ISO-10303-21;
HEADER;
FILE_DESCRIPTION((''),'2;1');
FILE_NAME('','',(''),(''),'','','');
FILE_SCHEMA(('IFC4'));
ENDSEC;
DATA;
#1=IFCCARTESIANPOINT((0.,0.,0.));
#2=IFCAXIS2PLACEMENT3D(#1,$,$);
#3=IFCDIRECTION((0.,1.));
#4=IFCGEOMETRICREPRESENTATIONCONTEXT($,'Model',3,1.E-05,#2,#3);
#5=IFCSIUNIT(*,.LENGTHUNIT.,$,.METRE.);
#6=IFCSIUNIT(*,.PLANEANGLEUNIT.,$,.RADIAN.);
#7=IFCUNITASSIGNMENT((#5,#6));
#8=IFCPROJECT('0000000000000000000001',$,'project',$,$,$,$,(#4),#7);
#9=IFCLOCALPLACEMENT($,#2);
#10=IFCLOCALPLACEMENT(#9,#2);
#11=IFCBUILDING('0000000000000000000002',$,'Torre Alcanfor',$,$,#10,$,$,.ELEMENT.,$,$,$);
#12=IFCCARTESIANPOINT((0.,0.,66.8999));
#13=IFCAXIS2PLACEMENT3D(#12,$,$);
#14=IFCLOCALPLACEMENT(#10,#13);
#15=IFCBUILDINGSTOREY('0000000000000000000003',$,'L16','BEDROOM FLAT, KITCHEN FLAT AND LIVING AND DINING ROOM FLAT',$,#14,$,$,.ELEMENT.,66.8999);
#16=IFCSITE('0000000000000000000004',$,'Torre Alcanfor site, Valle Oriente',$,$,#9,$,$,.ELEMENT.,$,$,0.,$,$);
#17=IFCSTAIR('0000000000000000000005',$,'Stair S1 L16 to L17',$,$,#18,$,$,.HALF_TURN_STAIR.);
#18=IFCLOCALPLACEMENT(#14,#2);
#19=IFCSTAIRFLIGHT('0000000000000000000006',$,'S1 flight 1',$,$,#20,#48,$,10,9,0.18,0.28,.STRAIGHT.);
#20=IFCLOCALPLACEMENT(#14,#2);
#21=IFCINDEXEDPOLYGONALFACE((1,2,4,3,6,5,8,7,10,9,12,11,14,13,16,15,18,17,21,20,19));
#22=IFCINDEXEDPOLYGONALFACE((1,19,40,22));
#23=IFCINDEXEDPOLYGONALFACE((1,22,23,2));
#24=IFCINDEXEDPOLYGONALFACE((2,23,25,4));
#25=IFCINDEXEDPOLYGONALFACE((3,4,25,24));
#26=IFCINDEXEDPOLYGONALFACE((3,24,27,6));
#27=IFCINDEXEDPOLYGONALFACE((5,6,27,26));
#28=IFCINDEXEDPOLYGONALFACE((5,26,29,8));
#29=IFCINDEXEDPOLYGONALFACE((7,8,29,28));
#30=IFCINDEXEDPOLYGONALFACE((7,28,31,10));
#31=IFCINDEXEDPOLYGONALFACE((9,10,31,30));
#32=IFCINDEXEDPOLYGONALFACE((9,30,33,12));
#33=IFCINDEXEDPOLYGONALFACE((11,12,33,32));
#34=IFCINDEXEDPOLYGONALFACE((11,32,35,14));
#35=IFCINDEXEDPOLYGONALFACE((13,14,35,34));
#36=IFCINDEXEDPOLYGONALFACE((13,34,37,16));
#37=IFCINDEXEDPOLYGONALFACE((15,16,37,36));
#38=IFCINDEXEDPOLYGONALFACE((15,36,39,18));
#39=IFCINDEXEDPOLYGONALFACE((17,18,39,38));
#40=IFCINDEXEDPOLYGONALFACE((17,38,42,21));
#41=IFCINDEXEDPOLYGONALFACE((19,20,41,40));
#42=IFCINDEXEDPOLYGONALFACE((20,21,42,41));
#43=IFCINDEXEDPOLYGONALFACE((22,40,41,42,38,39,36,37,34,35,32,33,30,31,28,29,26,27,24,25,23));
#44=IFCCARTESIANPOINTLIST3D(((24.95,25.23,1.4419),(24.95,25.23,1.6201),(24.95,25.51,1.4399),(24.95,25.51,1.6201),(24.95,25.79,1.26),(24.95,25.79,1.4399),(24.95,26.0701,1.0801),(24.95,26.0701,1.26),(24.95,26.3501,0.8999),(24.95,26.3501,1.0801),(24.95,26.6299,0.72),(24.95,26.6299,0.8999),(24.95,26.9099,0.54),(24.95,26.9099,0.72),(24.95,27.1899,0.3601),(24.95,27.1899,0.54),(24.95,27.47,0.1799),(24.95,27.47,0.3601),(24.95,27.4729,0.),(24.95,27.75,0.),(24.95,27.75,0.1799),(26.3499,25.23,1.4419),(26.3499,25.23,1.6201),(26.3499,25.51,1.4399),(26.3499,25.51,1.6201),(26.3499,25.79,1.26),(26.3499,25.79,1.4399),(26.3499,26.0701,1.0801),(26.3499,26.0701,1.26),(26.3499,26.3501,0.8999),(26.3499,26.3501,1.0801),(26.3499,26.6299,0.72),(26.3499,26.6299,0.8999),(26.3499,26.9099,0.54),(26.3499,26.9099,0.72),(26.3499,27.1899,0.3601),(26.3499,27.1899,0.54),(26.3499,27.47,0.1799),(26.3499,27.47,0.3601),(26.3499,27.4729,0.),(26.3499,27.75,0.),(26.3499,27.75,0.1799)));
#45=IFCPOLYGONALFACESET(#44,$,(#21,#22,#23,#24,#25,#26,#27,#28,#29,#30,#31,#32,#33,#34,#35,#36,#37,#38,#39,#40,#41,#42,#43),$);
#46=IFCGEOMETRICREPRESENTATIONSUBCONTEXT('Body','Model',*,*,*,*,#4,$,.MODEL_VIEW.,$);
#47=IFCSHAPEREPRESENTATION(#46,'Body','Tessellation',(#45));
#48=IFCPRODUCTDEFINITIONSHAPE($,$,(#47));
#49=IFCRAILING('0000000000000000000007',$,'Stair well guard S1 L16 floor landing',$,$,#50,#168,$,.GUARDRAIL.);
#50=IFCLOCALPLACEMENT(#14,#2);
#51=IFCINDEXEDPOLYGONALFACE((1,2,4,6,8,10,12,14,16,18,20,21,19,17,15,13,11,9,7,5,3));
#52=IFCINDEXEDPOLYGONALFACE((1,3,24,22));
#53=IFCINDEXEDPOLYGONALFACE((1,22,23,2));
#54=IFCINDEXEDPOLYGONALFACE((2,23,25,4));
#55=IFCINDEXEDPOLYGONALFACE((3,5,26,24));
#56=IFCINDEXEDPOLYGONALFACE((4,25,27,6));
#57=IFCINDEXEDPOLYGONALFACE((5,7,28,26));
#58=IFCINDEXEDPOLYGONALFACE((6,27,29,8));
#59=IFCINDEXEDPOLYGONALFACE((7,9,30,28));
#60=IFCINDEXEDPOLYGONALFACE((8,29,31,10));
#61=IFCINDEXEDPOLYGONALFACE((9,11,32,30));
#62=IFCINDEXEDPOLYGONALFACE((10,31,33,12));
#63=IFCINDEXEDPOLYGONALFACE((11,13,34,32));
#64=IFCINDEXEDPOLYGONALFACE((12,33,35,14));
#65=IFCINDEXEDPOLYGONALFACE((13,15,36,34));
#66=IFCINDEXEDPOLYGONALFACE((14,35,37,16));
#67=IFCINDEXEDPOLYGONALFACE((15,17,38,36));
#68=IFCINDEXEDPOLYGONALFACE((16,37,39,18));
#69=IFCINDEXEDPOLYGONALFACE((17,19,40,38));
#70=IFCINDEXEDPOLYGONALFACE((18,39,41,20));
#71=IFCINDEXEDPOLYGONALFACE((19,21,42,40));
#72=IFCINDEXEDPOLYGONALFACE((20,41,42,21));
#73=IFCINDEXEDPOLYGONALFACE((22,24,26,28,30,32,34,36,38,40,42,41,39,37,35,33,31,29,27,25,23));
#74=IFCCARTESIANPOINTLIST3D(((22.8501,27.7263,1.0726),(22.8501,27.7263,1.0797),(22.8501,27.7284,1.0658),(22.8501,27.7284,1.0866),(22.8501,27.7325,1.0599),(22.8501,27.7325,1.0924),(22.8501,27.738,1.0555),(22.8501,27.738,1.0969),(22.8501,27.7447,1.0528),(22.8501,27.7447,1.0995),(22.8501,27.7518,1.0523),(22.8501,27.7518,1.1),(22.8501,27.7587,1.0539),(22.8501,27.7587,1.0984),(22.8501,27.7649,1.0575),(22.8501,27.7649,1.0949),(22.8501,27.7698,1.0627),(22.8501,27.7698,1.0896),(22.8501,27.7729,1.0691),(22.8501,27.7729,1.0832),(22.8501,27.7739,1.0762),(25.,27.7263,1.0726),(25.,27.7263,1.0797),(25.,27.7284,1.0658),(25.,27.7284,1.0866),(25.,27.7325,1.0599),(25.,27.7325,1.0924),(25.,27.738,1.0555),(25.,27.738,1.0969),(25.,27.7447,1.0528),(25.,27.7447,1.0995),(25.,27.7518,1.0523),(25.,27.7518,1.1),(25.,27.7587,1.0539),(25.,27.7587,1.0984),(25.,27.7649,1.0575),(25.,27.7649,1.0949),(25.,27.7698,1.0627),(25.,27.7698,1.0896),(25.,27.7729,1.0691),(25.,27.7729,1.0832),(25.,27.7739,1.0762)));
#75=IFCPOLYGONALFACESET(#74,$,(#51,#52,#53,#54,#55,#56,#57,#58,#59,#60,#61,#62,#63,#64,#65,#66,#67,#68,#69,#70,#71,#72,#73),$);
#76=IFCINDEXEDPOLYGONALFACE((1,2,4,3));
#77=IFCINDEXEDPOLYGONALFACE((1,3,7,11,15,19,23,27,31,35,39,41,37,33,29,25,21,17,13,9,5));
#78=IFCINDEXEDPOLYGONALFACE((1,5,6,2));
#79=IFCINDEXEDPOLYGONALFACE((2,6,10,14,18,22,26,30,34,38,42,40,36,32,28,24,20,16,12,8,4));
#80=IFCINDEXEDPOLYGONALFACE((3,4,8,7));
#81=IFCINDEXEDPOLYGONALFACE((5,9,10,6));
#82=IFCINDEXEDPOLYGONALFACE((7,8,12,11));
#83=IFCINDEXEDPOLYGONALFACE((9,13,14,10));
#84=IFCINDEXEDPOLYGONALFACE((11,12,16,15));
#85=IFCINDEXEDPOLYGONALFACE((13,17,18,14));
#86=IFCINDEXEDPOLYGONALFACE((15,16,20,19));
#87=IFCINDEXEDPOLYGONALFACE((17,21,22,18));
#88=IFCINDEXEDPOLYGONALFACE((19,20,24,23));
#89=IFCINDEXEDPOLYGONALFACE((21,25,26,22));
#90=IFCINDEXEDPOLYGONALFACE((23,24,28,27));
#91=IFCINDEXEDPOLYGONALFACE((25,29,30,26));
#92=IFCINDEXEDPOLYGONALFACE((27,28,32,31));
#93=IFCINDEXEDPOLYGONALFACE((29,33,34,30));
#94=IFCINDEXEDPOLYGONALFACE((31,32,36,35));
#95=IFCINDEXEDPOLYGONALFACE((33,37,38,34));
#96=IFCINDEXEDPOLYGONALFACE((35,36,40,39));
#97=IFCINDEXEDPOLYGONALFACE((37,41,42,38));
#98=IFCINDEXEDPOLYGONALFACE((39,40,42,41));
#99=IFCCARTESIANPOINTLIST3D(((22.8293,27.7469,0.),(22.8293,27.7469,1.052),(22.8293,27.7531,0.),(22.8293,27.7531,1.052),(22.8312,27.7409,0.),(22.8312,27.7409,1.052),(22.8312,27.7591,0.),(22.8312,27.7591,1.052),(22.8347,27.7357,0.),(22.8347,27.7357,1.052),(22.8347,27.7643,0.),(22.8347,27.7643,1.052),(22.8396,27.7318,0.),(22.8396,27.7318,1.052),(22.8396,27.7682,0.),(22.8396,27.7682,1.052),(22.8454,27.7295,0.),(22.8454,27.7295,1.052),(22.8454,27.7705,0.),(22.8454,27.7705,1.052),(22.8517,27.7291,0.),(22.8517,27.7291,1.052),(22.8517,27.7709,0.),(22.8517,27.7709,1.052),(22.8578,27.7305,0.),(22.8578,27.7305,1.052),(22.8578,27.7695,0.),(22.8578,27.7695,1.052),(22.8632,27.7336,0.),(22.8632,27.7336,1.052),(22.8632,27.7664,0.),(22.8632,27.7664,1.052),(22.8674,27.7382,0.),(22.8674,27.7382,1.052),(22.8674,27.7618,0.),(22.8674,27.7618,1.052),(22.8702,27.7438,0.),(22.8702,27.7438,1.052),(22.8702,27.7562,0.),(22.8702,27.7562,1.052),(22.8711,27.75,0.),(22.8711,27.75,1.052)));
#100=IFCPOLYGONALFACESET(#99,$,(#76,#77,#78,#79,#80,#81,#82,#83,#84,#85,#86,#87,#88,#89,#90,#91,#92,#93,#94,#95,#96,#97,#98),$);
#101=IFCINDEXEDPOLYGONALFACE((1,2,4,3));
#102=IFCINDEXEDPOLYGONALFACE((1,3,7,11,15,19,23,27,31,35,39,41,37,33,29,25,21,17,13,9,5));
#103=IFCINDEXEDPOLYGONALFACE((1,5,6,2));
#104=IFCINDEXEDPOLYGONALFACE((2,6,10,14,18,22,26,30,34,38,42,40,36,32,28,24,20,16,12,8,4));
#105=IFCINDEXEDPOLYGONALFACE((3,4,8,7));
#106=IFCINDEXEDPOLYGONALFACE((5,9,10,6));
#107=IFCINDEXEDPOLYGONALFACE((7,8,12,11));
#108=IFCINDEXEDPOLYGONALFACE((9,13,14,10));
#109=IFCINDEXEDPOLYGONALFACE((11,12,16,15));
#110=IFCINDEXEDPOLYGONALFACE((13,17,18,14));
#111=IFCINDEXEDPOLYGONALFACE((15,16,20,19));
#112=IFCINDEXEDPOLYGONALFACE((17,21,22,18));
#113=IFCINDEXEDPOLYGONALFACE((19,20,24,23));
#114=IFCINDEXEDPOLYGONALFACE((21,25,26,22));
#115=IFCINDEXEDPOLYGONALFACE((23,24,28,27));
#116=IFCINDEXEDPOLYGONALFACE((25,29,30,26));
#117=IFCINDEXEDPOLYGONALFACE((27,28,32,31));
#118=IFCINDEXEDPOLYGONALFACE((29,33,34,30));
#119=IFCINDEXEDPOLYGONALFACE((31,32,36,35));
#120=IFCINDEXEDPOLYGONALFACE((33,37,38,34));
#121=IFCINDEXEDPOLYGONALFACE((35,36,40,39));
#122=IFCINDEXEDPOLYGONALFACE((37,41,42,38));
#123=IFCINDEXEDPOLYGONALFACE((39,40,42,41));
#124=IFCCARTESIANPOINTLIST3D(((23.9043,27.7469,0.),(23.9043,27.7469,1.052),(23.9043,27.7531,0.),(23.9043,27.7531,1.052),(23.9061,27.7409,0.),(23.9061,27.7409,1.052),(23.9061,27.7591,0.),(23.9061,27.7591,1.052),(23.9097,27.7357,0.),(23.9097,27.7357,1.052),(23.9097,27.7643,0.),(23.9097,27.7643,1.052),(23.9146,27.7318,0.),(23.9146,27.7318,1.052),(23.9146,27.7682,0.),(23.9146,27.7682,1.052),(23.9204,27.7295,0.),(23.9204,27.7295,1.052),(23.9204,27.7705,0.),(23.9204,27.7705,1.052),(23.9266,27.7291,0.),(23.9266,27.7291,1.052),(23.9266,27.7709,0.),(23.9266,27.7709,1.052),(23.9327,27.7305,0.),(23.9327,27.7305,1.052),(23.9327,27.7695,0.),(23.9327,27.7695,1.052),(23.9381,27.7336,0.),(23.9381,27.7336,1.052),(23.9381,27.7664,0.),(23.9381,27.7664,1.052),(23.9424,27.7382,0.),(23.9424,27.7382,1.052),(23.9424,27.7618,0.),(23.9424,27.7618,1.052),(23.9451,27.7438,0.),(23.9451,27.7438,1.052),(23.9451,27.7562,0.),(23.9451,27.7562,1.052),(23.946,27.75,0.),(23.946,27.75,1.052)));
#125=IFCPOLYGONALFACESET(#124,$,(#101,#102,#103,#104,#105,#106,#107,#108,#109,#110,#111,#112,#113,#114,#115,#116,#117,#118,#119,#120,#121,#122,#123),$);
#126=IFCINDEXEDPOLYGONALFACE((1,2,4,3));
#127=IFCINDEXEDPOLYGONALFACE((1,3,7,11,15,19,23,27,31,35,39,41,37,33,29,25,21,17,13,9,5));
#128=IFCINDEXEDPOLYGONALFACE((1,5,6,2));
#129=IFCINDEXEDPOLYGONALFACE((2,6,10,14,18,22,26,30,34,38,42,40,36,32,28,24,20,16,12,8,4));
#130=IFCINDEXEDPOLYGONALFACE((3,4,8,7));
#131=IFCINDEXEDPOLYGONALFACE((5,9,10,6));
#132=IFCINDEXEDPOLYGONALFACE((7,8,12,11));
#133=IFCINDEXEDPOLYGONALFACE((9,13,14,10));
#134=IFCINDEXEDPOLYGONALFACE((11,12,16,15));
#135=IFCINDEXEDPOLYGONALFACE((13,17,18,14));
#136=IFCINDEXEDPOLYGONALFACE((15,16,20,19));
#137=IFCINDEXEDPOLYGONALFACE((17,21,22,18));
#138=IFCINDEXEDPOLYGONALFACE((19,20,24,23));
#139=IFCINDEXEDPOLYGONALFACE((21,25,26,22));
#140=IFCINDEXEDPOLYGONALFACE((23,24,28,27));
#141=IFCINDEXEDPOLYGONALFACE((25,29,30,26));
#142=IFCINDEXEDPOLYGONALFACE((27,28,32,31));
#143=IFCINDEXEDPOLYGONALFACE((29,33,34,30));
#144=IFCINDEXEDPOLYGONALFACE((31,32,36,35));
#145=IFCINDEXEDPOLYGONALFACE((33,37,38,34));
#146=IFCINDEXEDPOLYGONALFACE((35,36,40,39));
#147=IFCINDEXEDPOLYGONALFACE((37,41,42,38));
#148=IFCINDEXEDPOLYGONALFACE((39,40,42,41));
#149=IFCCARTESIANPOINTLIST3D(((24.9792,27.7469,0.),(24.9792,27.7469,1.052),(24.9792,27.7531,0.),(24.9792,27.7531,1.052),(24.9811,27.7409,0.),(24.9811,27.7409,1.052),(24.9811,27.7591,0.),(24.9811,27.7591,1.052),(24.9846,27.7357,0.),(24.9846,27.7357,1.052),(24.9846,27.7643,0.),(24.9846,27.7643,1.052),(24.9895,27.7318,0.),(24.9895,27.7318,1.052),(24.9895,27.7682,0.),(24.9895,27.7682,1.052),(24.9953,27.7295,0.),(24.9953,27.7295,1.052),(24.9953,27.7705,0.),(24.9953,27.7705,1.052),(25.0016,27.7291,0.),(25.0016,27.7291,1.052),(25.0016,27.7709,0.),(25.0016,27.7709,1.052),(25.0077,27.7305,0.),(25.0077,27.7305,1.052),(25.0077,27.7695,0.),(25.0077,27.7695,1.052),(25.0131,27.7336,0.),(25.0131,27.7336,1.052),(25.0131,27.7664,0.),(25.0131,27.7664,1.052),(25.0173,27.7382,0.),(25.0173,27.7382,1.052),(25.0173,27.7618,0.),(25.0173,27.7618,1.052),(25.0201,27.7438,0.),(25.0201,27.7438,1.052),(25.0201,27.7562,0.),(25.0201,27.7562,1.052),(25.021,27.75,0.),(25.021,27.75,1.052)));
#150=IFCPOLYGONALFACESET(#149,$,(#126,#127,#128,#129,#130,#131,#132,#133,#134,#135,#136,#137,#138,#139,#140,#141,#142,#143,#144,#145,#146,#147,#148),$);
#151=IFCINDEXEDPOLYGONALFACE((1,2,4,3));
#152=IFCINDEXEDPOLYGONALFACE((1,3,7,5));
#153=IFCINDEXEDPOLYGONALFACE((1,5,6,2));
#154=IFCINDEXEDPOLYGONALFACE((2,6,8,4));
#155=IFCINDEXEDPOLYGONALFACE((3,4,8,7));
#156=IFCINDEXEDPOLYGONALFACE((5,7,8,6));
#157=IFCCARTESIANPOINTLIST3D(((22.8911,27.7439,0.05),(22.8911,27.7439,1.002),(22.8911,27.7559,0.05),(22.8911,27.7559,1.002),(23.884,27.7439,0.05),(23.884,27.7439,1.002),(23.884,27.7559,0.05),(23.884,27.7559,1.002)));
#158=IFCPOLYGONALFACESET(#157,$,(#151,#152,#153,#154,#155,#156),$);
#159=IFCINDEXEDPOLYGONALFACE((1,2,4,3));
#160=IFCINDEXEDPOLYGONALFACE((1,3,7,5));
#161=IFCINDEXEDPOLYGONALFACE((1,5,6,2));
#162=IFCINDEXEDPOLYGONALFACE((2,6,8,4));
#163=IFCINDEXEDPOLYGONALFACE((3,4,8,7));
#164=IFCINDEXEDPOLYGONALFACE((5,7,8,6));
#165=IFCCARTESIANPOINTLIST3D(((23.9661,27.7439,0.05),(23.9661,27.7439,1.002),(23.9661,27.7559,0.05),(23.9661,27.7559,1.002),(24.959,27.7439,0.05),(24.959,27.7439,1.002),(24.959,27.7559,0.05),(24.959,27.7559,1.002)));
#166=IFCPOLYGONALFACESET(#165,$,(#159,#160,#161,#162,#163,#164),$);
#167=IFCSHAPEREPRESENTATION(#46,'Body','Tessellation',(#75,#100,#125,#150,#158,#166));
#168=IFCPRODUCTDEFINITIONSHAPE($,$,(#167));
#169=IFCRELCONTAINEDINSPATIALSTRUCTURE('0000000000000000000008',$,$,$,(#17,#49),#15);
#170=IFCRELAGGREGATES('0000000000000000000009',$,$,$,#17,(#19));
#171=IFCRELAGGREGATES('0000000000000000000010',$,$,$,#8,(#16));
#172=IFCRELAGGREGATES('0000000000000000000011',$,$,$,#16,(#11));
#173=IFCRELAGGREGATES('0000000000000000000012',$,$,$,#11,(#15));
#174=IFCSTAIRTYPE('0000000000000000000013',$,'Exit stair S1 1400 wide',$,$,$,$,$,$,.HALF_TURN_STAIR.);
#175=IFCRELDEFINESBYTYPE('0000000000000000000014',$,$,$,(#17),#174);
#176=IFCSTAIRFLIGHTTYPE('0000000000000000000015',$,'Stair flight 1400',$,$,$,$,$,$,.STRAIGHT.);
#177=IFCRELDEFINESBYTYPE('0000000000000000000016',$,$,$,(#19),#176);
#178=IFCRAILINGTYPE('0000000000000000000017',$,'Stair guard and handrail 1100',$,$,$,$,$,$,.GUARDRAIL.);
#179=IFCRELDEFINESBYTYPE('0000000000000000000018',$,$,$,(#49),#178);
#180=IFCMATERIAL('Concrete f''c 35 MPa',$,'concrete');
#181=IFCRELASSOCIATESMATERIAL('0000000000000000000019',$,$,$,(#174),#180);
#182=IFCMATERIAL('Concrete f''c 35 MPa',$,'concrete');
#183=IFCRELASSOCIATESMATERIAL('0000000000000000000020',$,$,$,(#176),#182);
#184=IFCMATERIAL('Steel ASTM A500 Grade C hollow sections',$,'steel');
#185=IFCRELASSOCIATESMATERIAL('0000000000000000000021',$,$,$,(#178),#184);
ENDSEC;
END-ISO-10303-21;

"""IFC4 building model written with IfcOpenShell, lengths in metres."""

from ifc_helpers import new_model, si_unit, direction, frame, origin, origin_2d, place, context, subcontext, project, spatial, polyline, circle, outline, extrude, material, type_object, element, aggregate, save


model = new_model("IFC4")

# Units and contexts
model_context = context("Model", 3, precision=1e-05, world=origin(), true_north=direction((0.0, 1.0)))
body_context = subcontext(model_context, "Body", "Model", "MODEL_VIEW")
ifc_project = project(units=[si_unit("LENGTHUNIT", "METRE"), si_unit("PLANEANGLEUNIT", "RADIAN")], contexts=[model_context])

# Site, building, storey
site_placement = place(None, origin())
site = spatial("IfcSite", under=ifc_project, at=site_placement, Name="Torre Alcanfor site, Valle Oriente", CompositionType="ELEMENT", RefElevation=0.0)
building_placement = place(site_placement, origin())
building = spatial("IfcBuilding", under=site, at=building_placement, Name="Torre Alcanfor", CompositionType="ELEMENT")
storey_placement = place(building_placement, frame((0.0, 0.0, 66.8999)))
storey = spatial("IfcBuildingStorey", under=building, at=storey_placement, Name="L16", Description="BEDROOM FLAT, KITCHEN FLAT AND LIVING AND DINING ROOM FLAT", CompositionType="ELEMENT", Elevation=66.8999)

# Stair, stair flight
ifc_material_1 = material(Name="Concrete f'c 35 MPa", Category="concrete")
stair_type = type_object("IfcStairType", Name="Exit stair S1 1400 wide", PredefinedType="HALF_TURN_STAIR", material=ifc_material_1)
stair_placement = place(storey_placement, origin())
stair = element("IfcStair", 1, at=stair_placement, inside=storey, type_object=stair_type, Name="Stair S1 L16 to L17", PredefinedType="HALF_TURN_STAIR")
ifc_material_2 = material(Name="Concrete f'c 35 MPa", Category="concrete")
stair_flight_type = type_object("IfcStairFlightType", Name="Stair flight 1400", PredefinedType="STRAIGHT", material=ifc_material_2)
stair_flight_placement = place(storey_placement, frame((25.6499, 27.75, 0.0), z_axis=(0.0, 0.0, 1.0), x_axis=(0.0, -1.0, 0.0)))
stair_flight = element("IfcStairFlight", 2, at=stair_flight_placement, type_object=stair_flight_type, Name="S1 flight 1", NumberOfRisers=10, NumberOfTreads=9, PredefinedType="STRAIGHT", RiserHeight=0.18, TreadLength=0.28, context=body_context, shape_type="SweptSolid", body=[
    extrude(outline(polyline([(0.0, 0.0), (0.0, 0.1799), (0.28, 0.1799), (0.28, 0.3601), (0.5601, 0.3601), (0.5601, 0.54), (0.8401, 0.54), (0.8401, 0.72), (1.1201, 0.72), (1.1201, 0.8999), (1.3999, 0.8999), (1.3999, 1.0801), (1.6799, 1.0801), (1.6799, 1.26), (1.96, 1.26), (1.96, 1.4399), (2.24, 1.4399), (2.24, 1.6201), (2.52, 1.6201), (2.52, 1.8), (2.52, 1.4419), (0.2771, 0.0), (0.0, 0.0)])), frame((0.0, 0.7, 0.0), z_axis=(0.0, -1.0, 0.0), x_axis=(1.0, 0.0, 0.0)), (0.0, 0.0, 1.0), 1.3999),
])
aggregate(stair, [stair_flight])

# Railing
ifc_material_3 = material(Name="Steel ASTM A500 Grade C hollow sections", Category="steel")
railing_type_1 = type_object("IfcRailingType", Name="Stair guard and handrail 1100", PredefinedType="GUARDRAIL", material=ifc_material_3)
railing_1_placement = place(storey_placement, frame((22.8501, 27.75, 0.0)))
element("IfcRailing", 3, at=railing_1_placement, inside=storey, type_object=railing_type_1, Name="Stair well guard S1 L16 floor landing", PredefinedType="GUARDRAIL", context=body_context, shape_type="SweptSolid", body=[
    extrude(circle(Radius=0.0239, at=origin_2d()), frame((0.0, 0.0, 1.0762), z_axis=(1.0, 0.0, 0.0), x_axis=(0.0, 1.0, 0.0)), (0.0, 0.0, 1.0), 2.1499),
    extrude(circle(Radius=0.021, at=origin_2d()), origin(), (0.0, 0.0, 1.0), 1.052),
    extrude(circle(Radius=0.021, at=origin_2d()), frame((1.075, 0.0, 0.0)), (0.0, 0.0, 1.0), 1.052),
    extrude(circle(Radius=0.021, at=origin_2d()), frame((2.1499, 0.0, 0.0)), (0.0, 0.0, 1.0), 1.052),
    extrude(outline(polyline([(0.041, 0.05), (1.0339, 0.05), (1.0339, 1.002), (0.041, 1.002), (0.041, 0.05)])), frame((0.0, 0.0059, 0.0), z_axis=(0.0, -1.0, 0.0), x_axis=(1.0, 0.0, 0.0)), (0.0, 0.0, 1.0), 0.012),
    extrude(outline(polyline([(1.116, 0.05), (2.1089, 0.05), (2.1089, 1.002), (1.116, 1.002), (1.116, 0.05)])), frame((0.0, 0.0059, 0.0), z_axis=(0.0, -1.0, 0.0), x_axis=(1.0, 0.0, 0.0)), (0.0, 0.0, 1.0), 0.012),
])

save(model, "model.ifc")
